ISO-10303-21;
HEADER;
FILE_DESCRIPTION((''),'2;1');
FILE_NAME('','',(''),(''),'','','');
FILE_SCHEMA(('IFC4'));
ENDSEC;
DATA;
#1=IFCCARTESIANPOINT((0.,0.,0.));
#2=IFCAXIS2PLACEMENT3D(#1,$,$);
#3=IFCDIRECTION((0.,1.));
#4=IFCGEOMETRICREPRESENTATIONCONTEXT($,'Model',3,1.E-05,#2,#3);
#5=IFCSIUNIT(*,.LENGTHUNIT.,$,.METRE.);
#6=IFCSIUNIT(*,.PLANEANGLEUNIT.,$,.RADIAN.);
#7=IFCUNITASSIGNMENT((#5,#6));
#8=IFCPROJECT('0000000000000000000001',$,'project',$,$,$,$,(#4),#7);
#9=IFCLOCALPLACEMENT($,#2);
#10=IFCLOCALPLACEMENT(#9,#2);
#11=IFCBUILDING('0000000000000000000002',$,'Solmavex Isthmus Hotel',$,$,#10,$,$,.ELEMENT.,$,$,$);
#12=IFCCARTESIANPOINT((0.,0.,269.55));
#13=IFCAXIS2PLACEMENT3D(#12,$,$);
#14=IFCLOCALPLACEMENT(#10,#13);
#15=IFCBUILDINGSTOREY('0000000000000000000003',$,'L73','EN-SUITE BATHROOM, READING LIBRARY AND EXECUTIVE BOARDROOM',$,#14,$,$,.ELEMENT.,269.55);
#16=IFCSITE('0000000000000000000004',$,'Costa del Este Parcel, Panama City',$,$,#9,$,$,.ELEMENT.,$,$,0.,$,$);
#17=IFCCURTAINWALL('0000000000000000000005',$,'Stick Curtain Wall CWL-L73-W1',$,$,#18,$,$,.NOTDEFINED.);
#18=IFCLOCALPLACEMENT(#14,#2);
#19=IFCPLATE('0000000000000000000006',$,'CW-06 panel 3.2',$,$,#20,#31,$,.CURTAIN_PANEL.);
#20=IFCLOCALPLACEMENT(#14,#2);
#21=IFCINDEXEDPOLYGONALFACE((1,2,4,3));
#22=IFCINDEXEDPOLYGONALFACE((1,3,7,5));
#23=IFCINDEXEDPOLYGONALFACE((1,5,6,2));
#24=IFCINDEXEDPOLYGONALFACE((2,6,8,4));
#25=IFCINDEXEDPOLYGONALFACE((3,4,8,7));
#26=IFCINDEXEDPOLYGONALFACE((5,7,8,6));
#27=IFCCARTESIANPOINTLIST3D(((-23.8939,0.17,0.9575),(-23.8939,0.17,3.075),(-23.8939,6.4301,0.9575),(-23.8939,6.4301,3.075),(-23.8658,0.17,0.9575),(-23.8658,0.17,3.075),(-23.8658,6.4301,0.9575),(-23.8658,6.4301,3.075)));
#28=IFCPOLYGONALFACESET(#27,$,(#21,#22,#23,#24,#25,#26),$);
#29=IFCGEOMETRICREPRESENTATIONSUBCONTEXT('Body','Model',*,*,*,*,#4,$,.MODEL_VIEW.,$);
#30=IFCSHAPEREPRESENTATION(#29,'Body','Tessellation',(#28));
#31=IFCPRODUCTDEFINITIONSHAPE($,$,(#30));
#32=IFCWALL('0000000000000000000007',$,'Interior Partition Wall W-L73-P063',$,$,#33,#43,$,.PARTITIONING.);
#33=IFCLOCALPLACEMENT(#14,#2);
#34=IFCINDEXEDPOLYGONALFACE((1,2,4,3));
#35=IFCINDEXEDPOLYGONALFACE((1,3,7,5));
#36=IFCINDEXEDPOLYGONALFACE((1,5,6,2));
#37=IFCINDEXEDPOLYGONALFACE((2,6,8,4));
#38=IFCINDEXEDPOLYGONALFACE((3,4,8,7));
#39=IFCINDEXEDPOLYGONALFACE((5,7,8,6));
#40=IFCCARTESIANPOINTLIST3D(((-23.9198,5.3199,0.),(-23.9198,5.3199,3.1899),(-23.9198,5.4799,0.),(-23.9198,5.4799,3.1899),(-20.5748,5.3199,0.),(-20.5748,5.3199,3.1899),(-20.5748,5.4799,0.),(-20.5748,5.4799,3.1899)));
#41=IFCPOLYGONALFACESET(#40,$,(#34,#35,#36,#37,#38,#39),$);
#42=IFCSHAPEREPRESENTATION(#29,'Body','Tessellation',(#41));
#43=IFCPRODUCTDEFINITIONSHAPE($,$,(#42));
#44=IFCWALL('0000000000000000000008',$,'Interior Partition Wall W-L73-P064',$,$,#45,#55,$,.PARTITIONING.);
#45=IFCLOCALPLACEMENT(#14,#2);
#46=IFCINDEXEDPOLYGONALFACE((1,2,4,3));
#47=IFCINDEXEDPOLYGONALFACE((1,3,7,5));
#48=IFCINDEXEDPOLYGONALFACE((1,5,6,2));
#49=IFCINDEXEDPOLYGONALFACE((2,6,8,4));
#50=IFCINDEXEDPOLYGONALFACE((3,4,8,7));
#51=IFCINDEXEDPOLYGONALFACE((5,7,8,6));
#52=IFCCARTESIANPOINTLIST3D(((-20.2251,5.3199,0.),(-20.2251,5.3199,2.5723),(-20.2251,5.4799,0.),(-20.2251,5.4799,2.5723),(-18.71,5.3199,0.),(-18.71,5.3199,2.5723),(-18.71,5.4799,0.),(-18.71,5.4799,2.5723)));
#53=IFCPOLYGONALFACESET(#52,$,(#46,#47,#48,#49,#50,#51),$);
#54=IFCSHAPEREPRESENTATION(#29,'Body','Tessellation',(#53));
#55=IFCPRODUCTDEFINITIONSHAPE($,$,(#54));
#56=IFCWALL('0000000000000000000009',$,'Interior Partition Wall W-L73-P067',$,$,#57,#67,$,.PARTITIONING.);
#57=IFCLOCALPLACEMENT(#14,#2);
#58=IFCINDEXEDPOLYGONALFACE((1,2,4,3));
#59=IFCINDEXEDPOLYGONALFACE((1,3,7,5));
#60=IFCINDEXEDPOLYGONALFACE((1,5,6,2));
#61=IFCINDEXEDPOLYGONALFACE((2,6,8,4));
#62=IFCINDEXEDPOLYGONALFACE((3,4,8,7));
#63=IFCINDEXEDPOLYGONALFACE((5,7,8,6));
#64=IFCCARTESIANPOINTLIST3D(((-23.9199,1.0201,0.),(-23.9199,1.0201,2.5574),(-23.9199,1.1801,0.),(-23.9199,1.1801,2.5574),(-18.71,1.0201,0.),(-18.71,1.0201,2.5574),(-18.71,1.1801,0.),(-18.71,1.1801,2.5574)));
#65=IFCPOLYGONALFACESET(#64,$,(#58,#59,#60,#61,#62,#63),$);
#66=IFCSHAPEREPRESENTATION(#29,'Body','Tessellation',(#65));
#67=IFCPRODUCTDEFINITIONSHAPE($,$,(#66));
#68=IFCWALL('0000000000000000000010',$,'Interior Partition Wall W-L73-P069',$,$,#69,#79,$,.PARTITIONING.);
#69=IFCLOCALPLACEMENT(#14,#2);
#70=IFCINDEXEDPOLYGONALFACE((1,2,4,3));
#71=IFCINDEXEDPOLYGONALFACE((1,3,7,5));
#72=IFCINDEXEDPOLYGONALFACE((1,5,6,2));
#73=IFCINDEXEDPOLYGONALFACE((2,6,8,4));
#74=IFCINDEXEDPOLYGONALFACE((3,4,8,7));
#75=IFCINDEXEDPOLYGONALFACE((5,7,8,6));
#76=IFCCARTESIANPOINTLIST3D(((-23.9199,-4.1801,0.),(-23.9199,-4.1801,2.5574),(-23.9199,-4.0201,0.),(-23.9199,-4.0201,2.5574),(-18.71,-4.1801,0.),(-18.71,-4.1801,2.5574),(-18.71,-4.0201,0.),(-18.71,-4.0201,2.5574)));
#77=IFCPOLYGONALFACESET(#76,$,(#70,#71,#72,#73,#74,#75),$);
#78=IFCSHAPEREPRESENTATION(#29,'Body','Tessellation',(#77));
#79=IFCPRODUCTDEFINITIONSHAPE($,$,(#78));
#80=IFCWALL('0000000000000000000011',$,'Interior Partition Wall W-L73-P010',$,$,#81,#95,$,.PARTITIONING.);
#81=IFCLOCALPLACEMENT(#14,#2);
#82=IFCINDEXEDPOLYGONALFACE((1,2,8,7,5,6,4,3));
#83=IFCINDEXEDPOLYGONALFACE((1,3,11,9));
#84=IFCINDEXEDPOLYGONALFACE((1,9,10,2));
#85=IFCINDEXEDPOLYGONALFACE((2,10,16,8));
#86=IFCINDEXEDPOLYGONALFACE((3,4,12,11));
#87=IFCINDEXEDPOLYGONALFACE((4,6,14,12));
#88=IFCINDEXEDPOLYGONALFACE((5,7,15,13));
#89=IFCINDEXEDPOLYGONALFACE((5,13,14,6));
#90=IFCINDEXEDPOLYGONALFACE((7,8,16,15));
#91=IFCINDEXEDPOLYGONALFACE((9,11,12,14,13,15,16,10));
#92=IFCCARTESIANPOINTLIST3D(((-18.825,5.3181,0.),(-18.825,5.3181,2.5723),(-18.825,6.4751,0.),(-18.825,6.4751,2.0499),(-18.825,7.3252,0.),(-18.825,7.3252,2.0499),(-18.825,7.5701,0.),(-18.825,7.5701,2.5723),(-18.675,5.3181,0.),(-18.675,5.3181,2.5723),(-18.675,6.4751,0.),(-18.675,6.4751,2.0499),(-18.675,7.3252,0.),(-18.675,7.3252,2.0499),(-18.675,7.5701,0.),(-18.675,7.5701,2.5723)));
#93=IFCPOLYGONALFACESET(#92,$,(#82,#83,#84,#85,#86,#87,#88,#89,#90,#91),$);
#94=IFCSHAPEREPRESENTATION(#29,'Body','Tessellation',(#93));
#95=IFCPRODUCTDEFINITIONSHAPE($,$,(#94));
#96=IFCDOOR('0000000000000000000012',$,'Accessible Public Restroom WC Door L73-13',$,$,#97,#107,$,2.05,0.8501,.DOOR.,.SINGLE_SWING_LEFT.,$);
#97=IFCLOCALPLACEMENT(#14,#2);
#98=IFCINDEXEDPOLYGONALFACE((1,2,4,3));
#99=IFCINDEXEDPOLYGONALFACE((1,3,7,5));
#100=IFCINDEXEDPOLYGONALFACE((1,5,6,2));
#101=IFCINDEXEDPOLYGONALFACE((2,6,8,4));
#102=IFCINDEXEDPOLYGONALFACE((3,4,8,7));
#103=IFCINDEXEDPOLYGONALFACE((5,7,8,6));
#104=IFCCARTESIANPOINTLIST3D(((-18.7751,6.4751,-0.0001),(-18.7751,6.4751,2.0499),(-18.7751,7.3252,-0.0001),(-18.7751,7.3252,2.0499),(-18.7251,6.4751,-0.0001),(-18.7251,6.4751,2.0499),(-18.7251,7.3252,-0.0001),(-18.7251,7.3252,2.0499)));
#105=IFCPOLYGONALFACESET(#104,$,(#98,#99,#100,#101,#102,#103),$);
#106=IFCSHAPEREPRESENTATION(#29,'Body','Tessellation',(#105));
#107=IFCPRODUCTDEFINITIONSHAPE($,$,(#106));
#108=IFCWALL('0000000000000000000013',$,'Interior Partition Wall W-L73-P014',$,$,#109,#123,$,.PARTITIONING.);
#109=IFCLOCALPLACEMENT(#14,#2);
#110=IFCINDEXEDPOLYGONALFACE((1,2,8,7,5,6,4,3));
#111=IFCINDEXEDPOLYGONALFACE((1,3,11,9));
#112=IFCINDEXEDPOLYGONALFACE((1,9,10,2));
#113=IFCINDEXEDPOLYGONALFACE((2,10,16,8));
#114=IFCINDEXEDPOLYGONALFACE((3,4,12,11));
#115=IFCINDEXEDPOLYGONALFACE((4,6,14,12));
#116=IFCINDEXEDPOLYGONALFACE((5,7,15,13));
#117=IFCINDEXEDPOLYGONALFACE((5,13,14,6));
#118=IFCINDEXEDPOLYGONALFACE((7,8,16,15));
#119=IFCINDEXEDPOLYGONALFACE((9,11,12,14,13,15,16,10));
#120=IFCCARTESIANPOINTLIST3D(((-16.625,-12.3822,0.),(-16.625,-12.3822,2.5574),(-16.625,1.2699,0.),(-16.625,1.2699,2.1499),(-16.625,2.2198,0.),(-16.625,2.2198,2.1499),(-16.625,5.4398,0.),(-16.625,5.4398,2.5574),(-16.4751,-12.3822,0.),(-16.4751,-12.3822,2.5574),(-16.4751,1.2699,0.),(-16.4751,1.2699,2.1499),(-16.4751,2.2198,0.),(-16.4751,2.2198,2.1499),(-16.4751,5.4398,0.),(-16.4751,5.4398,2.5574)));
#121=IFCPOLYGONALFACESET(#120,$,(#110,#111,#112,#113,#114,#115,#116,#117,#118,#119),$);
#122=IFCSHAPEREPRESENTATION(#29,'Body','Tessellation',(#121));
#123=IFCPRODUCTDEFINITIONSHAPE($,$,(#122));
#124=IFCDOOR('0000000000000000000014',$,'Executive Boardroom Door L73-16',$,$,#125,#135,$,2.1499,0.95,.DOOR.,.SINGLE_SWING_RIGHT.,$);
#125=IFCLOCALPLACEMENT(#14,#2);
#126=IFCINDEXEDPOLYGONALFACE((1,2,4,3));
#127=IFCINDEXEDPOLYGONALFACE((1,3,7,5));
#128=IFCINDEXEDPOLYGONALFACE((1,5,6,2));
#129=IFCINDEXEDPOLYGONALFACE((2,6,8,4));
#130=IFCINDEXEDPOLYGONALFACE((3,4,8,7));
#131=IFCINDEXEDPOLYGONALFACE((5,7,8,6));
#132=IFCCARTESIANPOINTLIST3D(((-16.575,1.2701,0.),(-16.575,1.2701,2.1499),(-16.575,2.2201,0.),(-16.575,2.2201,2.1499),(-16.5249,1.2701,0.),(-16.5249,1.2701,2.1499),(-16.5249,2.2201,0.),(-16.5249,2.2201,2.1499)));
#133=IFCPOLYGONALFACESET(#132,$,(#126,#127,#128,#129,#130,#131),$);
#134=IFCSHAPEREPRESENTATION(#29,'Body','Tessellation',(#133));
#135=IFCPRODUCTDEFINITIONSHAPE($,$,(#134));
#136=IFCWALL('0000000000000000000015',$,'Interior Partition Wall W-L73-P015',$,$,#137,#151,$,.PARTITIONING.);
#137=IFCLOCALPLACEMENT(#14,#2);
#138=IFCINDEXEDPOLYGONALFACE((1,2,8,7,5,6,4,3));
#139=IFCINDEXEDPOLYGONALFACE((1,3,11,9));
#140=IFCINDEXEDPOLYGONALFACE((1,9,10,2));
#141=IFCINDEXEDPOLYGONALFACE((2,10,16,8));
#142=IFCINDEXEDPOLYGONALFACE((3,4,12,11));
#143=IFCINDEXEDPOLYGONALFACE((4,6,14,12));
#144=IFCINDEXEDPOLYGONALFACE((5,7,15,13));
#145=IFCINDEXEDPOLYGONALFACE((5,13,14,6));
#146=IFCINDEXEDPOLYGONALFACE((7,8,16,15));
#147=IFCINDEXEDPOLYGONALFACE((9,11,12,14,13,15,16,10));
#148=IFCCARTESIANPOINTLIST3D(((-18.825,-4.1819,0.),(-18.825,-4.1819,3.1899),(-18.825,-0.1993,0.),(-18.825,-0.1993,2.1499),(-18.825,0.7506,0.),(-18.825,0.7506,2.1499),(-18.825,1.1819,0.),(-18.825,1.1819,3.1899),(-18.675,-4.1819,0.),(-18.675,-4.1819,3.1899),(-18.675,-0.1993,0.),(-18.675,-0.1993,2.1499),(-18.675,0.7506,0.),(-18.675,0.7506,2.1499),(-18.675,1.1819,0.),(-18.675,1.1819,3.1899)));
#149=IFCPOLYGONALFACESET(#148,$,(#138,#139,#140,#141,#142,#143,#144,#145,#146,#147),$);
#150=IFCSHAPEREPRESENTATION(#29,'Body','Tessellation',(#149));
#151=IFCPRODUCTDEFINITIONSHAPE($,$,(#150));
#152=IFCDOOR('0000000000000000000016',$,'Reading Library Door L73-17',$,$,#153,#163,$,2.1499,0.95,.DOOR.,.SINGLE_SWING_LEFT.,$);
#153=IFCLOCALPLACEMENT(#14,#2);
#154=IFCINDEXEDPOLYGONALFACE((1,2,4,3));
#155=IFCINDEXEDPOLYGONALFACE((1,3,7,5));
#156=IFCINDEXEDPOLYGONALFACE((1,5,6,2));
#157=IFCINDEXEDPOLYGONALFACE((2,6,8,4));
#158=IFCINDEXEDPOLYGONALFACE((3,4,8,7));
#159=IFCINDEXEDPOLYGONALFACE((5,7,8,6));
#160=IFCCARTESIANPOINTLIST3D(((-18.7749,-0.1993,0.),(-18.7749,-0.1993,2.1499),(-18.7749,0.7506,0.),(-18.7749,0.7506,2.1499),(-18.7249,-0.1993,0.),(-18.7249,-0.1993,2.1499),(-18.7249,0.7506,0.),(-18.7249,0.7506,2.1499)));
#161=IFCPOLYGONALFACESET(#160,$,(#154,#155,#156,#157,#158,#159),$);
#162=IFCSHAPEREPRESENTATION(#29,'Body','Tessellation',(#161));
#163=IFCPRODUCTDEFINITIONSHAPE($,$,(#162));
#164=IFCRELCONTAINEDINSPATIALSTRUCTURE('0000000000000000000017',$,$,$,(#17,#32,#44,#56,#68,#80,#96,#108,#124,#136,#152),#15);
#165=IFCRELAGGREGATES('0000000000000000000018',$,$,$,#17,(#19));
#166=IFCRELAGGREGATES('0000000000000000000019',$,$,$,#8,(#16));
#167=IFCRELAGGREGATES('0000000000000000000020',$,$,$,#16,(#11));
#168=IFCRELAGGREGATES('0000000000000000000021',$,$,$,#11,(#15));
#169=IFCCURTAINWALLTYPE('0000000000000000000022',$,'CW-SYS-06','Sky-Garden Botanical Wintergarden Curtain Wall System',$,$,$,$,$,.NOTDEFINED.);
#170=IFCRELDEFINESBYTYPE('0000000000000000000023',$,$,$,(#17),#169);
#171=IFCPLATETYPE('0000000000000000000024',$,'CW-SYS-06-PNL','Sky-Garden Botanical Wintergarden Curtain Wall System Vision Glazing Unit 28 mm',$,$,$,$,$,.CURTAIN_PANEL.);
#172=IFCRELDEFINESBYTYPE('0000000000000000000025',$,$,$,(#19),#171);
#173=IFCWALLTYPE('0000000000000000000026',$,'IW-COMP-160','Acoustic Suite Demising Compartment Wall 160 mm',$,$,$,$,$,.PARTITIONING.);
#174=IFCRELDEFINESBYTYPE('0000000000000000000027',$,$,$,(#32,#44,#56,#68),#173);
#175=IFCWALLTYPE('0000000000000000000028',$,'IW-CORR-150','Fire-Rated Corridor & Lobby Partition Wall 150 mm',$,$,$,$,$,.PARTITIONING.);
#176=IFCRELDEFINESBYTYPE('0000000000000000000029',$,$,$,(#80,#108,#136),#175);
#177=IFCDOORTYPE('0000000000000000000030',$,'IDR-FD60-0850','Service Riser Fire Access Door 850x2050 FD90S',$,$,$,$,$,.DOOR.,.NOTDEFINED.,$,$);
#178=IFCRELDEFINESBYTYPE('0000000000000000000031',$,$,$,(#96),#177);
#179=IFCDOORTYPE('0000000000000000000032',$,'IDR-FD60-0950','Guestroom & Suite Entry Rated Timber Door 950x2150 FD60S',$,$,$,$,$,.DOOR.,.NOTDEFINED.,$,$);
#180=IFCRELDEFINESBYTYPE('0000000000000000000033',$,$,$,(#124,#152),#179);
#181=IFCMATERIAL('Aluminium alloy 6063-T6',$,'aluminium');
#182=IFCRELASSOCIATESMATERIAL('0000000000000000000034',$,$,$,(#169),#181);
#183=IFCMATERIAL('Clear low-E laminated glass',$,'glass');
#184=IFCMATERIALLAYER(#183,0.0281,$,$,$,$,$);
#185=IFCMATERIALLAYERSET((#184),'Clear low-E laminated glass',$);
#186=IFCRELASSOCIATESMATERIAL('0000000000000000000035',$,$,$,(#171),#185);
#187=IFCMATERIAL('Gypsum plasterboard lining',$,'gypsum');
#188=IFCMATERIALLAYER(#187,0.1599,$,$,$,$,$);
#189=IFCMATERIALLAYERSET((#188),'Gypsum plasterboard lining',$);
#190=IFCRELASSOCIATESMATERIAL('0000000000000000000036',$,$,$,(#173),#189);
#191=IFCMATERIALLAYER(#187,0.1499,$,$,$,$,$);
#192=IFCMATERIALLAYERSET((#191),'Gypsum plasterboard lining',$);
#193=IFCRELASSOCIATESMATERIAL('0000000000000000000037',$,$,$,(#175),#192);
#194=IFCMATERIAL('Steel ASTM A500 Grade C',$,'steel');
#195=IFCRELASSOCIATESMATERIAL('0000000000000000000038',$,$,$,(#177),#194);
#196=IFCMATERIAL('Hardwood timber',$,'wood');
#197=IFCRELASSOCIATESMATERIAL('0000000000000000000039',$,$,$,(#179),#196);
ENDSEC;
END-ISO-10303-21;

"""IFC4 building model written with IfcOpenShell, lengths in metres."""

from ifc_helpers import new_model, si_unit, direction, frame, frame_2d, origin, origin_2d, place, context, subcontext, project, spatial, rectangle, extrude, material, layer, layer_set, type_object, element, fill, aggregate, save


model = new_model("IFC4")

# Units and contexts
model_context = context("Model", 3, precision=1e-05, world=origin(), true_north=direction((0.0, 1.0)))
body_context = subcontext(model_context, "Body", "Model", "MODEL_VIEW")
ifc_project = project(units=[si_unit("LENGTHUNIT", "METRE"), si_unit("PLANEANGLEUNIT", "RADIAN")], contexts=[model_context])

# Site, building, storey
site_placement = place(None, origin())
site = spatial("IfcSite", under=ifc_project, at=site_placement, Name="Costa del Este Parcel, Panama City", CompositionType="ELEMENT", RefElevation=0.0)
building_placement = place(site_placement, origin())
building = spatial("IfcBuilding", under=site, at=building_placement, Name="Solmavex Isthmus Hotel", CompositionType="ELEMENT")
storey_placement = place(building_placement, frame((0.0, 0.0, 269.55)))
storey = spatial("IfcBuildingStorey", under=building, at=storey_placement, Name="L73", Description="EN-SUITE BATHROOM, READING LIBRARY AND EXECUTIVE BOARDROOM", CompositionType="ELEMENT", Elevation=269.55)

# Curtain wall, plate
ifc_material_1 = material(Name="Aluminium alloy 6063-T6", Category="aluminium")
curtain_wall_type = type_object("IfcCurtainWallType", Name="CW-SYS-06", Description="Sky-Garden Botanical Wintergarden Curtain Wall System", PredefinedType="NOTDEFINED", material=ifc_material_1)
curtain_wall_placement = place(storey_placement, origin())
curtain_wall = element("IfcCurtainWall", 1, at=curtain_wall_placement, inside=storey, type_object=curtain_wall_type, Name="Stick Curtain Wall CWL-L73-W1", PredefinedType="NOTDEFINED")
ifc_material_2 = material(Name="Clear low-E laminated glass", Category="glass")
ifc_layer_1 = layer(ifc_material_2, 0.0281)
ifc_layer_set_1 = layer_set([ifc_layer_1], Name="Clear low-E laminated glass")
plate_type = type_object("IfcPlateType", Name="CW-SYS-06-PNL", Description="Sky-Garden Botanical Wintergarden Curtain Wall System Vision Glazing Unit 28 mm", PredefinedType="CURTAIN_PANEL", material=ifc_layer_set_1)
plate_1_placement = place(storey_placement, frame((-23.8799, 3.3, 0.9575), z_axis=(0.0, 0.0, 1.0), x_axis=(0.0, 1.0, 0.0)))
plate_1 = element("IfcPlate", 2, at=plate_1_placement, type_object=plate_type, Name="CW-06 panel 3.2", PredefinedType="CURTAIN_PANEL", context=body_context, shape_type="SweptSolid", body=[
    extrude(rectangle(XDim=6.26, YDim=0.0281, at=origin_2d()), origin(), (0.0, 0.0, 1.0), 2.1174),
])
aggregate(curtain_wall, [plate_1])

# Walls
ifc_material_3 = material(Name="Gypsum plasterboard lining", Category="gypsum")
ifc_layer_2 = layer(ifc_material_3, 0.1599)
ifc_layer_set_2 = layer_set([ifc_layer_2], Name="Gypsum plasterboard lining")
wall_type_1 = type_object("IfcWallType", Name="IW-COMP-160", Description="Acoustic Suite Demising Compartment Wall 160 mm", PredefinedType="PARTITIONING", material=ifc_layer_set_2)
wall_1_placement = place(storey_placement, frame((-20.575, 5.3999, 0.0), z_axis=(0.0, 0.0, 1.0), x_axis=(-1.0, 0.0, 0.0)))
element("IfcWall", 3, at=wall_1_placement, inside=storey, type_object=wall_type_1, Name="Interior Partition Wall W-L73-P063", PredefinedType="PARTITIONING", context=body_context, shape_type="SweptSolid", body=[
    extrude(rectangle(XDim=3.345, YDim=0.1599, at=frame_2d((1.6724, 0.0))), origin(), (0.0, 0.0, 1.0), 3.1899),
])
wall_2_placement = place(storey_placement, frame((-18.71, 5.3999, 0.0), z_axis=(0.0, 0.0, 1.0), x_axis=(-1.0, 0.0, 0.0)))
element("IfcWall", 4, at=wall_2_placement, inside=storey, type_object=wall_type_1, Name="Interior Partition Wall W-L73-P064", PredefinedType="PARTITIONING", context=body_context, shape_type="SweptSolid", body=[
    extrude(rectangle(XDim=1.5151, YDim=0.1599, at=frame_2d((0.7576, 0.0))), origin(), (0.0, 0.0, 1.0), 2.5723),
])
for number, where, z_axis, x_axis, name in (
    (5, (-18.71, 1.1001, 0.0), (0.0, 0.0, 1.0), (-1.0, 0.0, 0.0), "Interior Partition Wall W-L73-P067"),
    (6, (-18.71, -4.1001, 0.0), (0.0, 0.0, 1.0), (-1.0, 0.0, 0.0), "Interior Partition Wall W-L73-P069"),
):
    element("IfcWall", number, at=place(storey_placement, frame(where, z_axis=z_axis, x_axis=x_axis)), inside=storey, type_object=wall_type_1, Name=name, PredefinedType="PARTITIONING", context=body_context, shape_type="SweptSolid", body=[
        extrude(rectangle(XDim=5.21, YDim=0.1599, at=frame_2d((2.605, 0.0))), origin(), (0.0, 0.0, 1.0), 2.5574),
    ])

# Walls, openings, doors
ifc_layer_3 = layer(ifc_material_3, 0.1499)
ifc_layer_set_3 = layer_set([ifc_layer_3], Name="Gypsum plasterboard lining")
wall_type_2 = type_object("IfcWallType", Name="IW-CORR-150", Description="Fire-Rated Corridor & Lobby Partition Wall 150 mm", PredefinedType="PARTITIONING", material=ifc_layer_set_3)
wall_3_placement = place(storey_placement, frame((-18.75, 5.3181, 0.0), z_axis=(0.0, 0.0, 1.0), x_axis=(0.0, 1.0, 0.0)))
wall_3 = element("IfcWall", 7, at=wall_3_placement, inside=storey, type_object=wall_type_2, Name="Interior Partition Wall W-L73-P010", PredefinedType="PARTITIONING", context=body_context, shape_type="SweptSolid", body=[
    extrude(rectangle(XDim=2.252, YDim=0.1499, at=frame_2d((1.126, 0.0))), origin(), (0.0, 0.0, 1.0), 2.5723),
])
opening_1_placement = place(wall_3_placement, frame((1.157, 0.0, 0.0)))
opening_1 = element("IfcOpeningElement", 8, at=opening_1_placement, cuts=wall_3, PredefinedType="OPENING", context=body_context, shape_type="SweptSolid", body=[
    extrude(rectangle(XDim=0.8501, YDim=2.05, at=frame_2d((0.425, 1.0249))), frame((0.0, 0.085, 0.0), z_axis=(0.0, -1.0, 0.0), x_axis=(1.0, 0.0, 0.0)), (0.0, 0.0, 1.0), 0.1699),
])
ifc_material_4 = material(Name="Steel ASTM A500 Grade C", Category="steel")
door_type_1 = type_object("IfcDoorType", Name="IDR-FD60-0850", Description="Service Riser Fire Access Door 850x2050 FD90S", OperationType="NOTDEFINED", PredefinedType="DOOR", material=ifc_material_4)
door_1_placement = place(opening_1_placement, frame((0.8501, 0.0, 0.0), z_axis=(0.0, 0.0, 1.0), x_axis=(-1.0, 0.0, 0.0)))
door_1 = element("IfcDoor", 9, at=door_1_placement, inside=storey, type_object=door_type_1, Name="Accessible Public Restroom WC Door L73-13", OperationType="SINGLE_SWING_LEFT", OverallHeight=2.05, OverallWidth=0.8501, PredefinedType="DOOR", context=body_context, shape_type="SweptSolid", body=[
    extrude(rectangle(XDim=0.8501, YDim=2.05, at=frame_2d((0.425, 1.0249))), frame((0.0, 0.0249, 0.0), z_axis=(0.0, -1.0, 0.0), x_axis=(1.0, 0.0, 0.0)), (0.0, 0.0, 1.0), 0.05),
])
fill(opening_1, door_1)
ifc_material_5 = material(Name="Hardwood timber", Category="wood")
door_type_2 = type_object("IfcDoorType", Name="IDR-FD60-0950", Description="Guestroom & Suite Entry Rated Timber Door 950x2150 FD60S", OperationType="NOTDEFINED", PredefinedType="DOOR", material=ifc_material_5)
wall_4_placement = place(storey_placement, frame((-16.55, 5.4399, 0.0), z_axis=(0.0, 0.0, 1.0), x_axis=(0.0, -1.0, 0.0)))
wall_4 = element("IfcWall", 10, at=wall_4_placement, inside=storey, type_object=wall_type_2, Name="Interior Partition Wall W-L73-P014", PredefinedType="PARTITIONING", context=body_context, shape_type="SweptSolid", body=[
    extrude(rectangle(XDim=17.822, YDim=0.1499, at=frame_2d((8.9111, 0.0))), origin(), (0.0, 0.0, 1.0), 2.5574),
])
opening_2_placement = place(wall_4_placement, frame((3.22, 0.0, 0.0)))
opening_2 = element("IfcOpeningElement", 11, at=opening_2_placement, cuts=wall_4, PredefinedType="OPENING", context=body_context, shape_type="SweptSolid", body=[
    extrude(rectangle(XDim=0.95, YDim=2.1499, at=frame_2d((0.4751, 1.075))), frame((0.0, 0.085, 0.0), z_axis=(0.0, -1.0, 0.0), x_axis=(1.0, 0.0, 0.0)), (0.0, 0.0, 1.0), 0.1699),
])
door_2_placement = place(opening_2_placement, frame((0.95, 0.0, 0.0), z_axis=(0.0, 0.0, 1.0), x_axis=(-1.0, 0.0, 0.0)))
door_2 = element("IfcDoor", 12, at=door_2_placement, inside=storey, type_object=door_type_2, Name="Executive Boardroom Door L73-16", OperationType="SINGLE_SWING_RIGHT", OverallHeight=2.1499, OverallWidth=0.95, PredefinedType="DOOR", context=body_context, shape_type="SweptSolid", body=[
    extrude(rectangle(XDim=0.95, YDim=2.1499, at=frame_2d((0.4751, 1.075))), frame((0.0, 0.0249, 0.0), z_axis=(0.0, -1.0, 0.0), x_axis=(1.0, 0.0, 0.0)), (0.0, 0.0, 1.0), 0.05),
])
fill(opening_2, door_2)
wall_5_placement = place(storey_placement, frame((-18.75, -4.1819, 0.0), z_axis=(0.0, 0.0, 1.0), x_axis=(0.0, 1.0, 0.0)))
wall_5 = element("IfcWall", 13, at=wall_5_placement, inside=storey, type_object=wall_type_2, Name="Interior Partition Wall W-L73-P015", PredefinedType="PARTITIONING", context=body_context, shape_type="SweptSolid", body=[
    extrude(rectangle(XDim=5.3638, YDim=0.1499, at=frame_2d((2.6819, 0.0))), origin(), (0.0, 0.0, 1.0), 3.1899),
])
opening_3_placement = place(wall_5_placement, frame((3.9824, 0.0, 0.0)))
opening_3 = element("IfcOpeningElement", 14, at=opening_3_placement, cuts=wall_5, PredefinedType="OPENING", context=body_context, shape_type="SweptSolid", body=[
    extrude(rectangle(XDim=0.95, YDim=2.1499, at=frame_2d((0.4751, 1.075))), frame((0.0, 0.085, 0.0), z_axis=(0.0, -1.0, 0.0), x_axis=(1.0, 0.0, 0.0)), (0.0, 0.0, 1.0), 0.1699),
])
door_3_placement = place(opening_3_placement, origin())
door_3 = element("IfcDoor", 15, at=door_3_placement, inside=storey, type_object=door_type_2, Name="Reading Library Door L73-17", OperationType="SINGLE_SWING_LEFT", OverallHeight=2.1499, OverallWidth=0.95, PredefinedType="DOOR", context=body_context, shape_type="SweptSolid", body=[
    extrude(rectangle(XDim=0.95, YDim=2.1499, at=frame_2d((0.4751, 1.075))), frame((0.0, 0.0249, 0.0), z_axis=(0.0, -1.0, 0.0), x_axis=(1.0, 0.0, 0.0)), (0.0, 0.0, 1.0), 0.05),
])
fill(opening_3, door_3)

save(model, "model.ifc")
